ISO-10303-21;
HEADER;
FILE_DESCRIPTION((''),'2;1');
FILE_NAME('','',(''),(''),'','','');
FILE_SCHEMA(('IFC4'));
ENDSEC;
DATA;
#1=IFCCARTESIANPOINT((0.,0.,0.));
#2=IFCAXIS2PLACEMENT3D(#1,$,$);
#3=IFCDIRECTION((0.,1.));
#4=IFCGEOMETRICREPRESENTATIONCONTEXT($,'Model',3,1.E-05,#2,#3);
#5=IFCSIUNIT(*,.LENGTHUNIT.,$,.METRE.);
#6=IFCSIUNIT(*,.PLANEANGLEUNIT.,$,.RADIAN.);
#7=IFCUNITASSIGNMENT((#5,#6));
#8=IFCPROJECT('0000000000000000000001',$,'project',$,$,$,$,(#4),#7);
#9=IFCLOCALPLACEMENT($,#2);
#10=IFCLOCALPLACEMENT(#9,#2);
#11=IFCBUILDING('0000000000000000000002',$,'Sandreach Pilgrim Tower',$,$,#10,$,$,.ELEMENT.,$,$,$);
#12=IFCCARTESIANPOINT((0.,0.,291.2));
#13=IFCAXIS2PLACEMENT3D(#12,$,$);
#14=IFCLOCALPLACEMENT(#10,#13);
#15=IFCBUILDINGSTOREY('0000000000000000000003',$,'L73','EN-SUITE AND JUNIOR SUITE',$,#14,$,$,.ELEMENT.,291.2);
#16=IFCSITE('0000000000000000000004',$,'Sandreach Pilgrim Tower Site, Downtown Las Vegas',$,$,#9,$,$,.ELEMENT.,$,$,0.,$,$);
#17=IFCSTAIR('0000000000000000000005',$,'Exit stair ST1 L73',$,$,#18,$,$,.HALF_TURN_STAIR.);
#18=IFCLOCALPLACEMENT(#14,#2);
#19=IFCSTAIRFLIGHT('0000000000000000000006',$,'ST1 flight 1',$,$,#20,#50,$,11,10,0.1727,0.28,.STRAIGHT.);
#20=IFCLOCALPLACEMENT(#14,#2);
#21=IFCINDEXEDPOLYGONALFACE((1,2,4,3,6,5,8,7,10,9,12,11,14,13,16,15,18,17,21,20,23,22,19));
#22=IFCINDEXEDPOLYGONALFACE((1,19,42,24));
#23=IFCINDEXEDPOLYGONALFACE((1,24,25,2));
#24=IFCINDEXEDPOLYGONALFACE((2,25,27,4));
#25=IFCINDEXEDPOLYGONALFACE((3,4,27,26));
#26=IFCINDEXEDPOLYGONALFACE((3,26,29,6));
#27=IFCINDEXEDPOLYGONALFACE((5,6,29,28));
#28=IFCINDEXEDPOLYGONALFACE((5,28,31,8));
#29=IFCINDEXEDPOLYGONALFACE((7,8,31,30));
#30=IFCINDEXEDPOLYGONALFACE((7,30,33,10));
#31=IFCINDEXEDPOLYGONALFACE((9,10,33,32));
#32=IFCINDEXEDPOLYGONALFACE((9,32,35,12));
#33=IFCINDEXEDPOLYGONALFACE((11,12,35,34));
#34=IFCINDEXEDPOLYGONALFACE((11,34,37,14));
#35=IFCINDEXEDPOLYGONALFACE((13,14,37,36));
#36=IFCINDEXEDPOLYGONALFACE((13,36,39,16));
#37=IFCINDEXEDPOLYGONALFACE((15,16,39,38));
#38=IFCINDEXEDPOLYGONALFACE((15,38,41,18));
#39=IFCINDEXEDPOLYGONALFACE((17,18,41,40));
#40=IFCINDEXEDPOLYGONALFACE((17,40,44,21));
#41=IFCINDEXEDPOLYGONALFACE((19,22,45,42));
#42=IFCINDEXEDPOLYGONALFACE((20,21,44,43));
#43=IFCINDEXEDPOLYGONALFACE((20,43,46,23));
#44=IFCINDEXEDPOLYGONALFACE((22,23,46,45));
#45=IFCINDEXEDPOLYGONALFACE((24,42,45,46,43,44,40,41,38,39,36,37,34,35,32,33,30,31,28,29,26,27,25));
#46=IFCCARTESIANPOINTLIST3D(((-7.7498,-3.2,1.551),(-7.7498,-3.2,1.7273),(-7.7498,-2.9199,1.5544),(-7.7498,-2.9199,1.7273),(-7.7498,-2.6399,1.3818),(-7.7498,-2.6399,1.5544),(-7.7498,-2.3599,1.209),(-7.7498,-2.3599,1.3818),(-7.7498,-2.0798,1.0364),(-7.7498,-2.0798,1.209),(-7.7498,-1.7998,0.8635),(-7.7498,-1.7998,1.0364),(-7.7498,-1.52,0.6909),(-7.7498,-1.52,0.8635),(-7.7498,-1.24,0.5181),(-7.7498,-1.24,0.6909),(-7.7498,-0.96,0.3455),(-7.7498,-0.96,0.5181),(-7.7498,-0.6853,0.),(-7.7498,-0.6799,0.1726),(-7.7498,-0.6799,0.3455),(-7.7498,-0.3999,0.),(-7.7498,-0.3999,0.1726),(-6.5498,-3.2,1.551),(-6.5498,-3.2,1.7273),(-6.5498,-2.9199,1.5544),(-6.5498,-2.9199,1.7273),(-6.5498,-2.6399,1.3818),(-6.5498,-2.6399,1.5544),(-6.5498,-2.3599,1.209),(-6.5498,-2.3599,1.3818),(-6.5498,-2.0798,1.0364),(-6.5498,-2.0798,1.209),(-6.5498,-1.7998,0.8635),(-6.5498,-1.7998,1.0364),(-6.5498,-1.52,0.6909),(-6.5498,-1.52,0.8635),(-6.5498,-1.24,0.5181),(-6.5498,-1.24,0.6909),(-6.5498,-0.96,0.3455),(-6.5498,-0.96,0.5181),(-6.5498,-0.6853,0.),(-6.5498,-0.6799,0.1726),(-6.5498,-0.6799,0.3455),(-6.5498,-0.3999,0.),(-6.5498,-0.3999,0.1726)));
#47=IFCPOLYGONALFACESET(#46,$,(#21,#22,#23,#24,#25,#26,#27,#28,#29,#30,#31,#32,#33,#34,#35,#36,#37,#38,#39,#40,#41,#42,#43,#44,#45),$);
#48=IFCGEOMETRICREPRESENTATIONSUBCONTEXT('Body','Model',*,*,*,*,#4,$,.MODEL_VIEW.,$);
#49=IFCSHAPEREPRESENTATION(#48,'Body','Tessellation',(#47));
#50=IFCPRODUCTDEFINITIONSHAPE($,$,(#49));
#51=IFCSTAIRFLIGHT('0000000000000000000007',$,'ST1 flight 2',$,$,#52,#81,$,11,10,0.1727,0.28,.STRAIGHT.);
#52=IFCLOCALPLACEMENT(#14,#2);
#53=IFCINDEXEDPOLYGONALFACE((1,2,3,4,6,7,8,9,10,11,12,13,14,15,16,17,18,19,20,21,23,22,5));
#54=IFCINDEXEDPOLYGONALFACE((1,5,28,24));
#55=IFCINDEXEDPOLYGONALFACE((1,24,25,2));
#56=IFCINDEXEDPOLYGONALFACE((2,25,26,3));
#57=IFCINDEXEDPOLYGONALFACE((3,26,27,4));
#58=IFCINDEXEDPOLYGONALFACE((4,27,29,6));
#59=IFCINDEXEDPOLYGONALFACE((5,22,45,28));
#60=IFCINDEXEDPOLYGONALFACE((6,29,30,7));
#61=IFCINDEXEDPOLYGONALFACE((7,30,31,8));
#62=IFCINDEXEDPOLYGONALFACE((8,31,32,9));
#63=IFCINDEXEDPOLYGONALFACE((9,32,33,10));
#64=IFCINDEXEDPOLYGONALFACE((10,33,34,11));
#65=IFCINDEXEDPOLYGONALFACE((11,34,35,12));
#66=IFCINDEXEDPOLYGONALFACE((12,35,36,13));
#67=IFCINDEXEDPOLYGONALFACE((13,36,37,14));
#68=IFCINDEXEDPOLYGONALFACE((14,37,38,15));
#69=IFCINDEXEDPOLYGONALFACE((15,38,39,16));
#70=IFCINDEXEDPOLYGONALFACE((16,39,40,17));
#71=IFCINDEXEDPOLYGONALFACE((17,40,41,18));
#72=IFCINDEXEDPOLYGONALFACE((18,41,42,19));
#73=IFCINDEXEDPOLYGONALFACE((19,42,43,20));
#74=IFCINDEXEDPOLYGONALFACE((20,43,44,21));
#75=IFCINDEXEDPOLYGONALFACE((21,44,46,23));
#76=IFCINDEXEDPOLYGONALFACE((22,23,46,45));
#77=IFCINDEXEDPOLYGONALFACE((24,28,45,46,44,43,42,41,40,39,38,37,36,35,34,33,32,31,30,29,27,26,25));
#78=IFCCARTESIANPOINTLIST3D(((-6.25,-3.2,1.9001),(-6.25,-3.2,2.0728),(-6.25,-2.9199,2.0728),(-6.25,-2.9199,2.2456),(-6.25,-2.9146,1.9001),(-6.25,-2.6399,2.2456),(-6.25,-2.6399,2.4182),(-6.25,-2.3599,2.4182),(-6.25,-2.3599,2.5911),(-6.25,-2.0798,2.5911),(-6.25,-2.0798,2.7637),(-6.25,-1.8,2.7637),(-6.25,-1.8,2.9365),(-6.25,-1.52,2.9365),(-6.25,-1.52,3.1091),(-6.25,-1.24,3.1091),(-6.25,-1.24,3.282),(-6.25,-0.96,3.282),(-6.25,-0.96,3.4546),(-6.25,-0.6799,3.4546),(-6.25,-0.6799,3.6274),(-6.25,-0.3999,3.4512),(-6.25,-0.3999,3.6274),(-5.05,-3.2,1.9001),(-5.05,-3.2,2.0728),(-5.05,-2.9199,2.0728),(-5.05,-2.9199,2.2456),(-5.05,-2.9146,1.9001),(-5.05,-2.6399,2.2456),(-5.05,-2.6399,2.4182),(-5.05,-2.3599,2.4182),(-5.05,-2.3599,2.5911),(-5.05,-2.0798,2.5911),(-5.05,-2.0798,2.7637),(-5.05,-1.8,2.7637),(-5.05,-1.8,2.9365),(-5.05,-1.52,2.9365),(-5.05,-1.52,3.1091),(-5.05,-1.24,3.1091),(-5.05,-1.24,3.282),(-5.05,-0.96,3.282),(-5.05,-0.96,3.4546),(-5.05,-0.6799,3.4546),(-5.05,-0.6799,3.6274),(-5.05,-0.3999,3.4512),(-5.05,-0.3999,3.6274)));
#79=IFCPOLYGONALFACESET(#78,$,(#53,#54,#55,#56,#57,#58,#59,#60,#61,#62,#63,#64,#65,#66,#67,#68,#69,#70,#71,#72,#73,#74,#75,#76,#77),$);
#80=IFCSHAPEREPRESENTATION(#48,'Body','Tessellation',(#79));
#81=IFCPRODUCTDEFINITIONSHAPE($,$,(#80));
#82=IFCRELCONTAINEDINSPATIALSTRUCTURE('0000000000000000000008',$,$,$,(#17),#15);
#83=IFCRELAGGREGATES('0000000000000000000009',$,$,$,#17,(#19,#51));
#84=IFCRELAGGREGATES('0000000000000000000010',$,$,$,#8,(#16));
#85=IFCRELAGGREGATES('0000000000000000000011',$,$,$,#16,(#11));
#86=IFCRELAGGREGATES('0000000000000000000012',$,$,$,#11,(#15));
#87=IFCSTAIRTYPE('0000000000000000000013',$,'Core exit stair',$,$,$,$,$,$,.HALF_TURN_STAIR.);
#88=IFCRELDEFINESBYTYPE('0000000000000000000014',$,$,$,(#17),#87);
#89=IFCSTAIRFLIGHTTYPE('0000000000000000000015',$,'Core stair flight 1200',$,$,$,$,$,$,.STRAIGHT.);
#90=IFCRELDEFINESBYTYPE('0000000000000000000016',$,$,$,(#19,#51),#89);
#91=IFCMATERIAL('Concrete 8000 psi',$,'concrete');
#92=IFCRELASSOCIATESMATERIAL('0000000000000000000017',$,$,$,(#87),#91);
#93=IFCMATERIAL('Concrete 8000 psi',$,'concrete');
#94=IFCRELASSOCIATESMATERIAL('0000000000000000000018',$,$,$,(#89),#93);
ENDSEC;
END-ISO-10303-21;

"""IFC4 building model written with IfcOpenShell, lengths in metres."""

from ifc_helpers import new_model, si_unit, direction, frame, origin, place, context, subcontext, project, spatial, polyline, outline, extrude, material, type_object, element, aggregate, save


model = new_model("IFC4")

# Units and contexts
model_context = context("Model", 3, precision=1e-05, world=origin(), true_north=direction((0.0, 1.0)))
body_context = subcontext(model_context, "Body", "Model", "MODEL_VIEW")
ifc_project = project(units=[si_unit("LENGTHUNIT", "METRE"), si_unit("PLANEANGLEUNIT", "RADIAN")], contexts=[model_context])

# Site, building, storey
site_placement = place(None, origin())
site = spatial("IfcSite", under=ifc_project, at=site_placement, Name="Sandreach Pilgrim Tower Site, Downtown Las Vegas", CompositionType="ELEMENT", RefElevation=0.0)
building_placement = place(site_placement, origin())
building = spatial("IfcBuilding", under=site, at=building_placement, Name="Sandreach Pilgrim Tower", CompositionType="ELEMENT")
storey_placement = place(building_placement, frame((0.0, 0.0, 291.2)))
storey = spatial("IfcBuildingStorey", under=building, at=storey_placement, Name="L73", Description="EN-SUITE AND JUNIOR SUITE", CompositionType="ELEMENT", Elevation=291.2)

# Stair, stair flights
ifc_material_1 = material(Name="Concrete 8000 psi", Category="concrete")
stair_type = type_object("IfcStairType", Name="Core exit stair", PredefinedType="HALF_TURN_STAIR", material=ifc_material_1)
stair_placement = place(storey_placement, origin())
stair = element("IfcStair", 1, at=stair_placement, inside=storey, type_object=stair_type, Name="Exit stair ST1 L73", PredefinedType="HALF_TURN_STAIR")
ifc_material_2 = material(Name="Concrete 8000 psi", Category="concrete")
stair_flight_type = type_object("IfcStairFlightType", Name="Core stair flight 1200", PredefinedType="STRAIGHT", material=ifc_material_2)
stair_flight_1_placement = place(storey_placement, frame((-7.1499, -0.3999, 0.0), z_axis=(0.0, 0.0, 1.0), x_axis=(0.0, -1.0, 0.0)))
stair_flight_1 = element("IfcStairFlight", 2, at=stair_flight_1_placement, type_object=stair_flight_type, Name="ST1 flight 1", NumberOfRisers=11, NumberOfTreads=10, PredefinedType="STRAIGHT", RiserHeight=0.1727, TreadLength=0.28, context=body_context, shape_type="SweptSolid", body=[
    extrude(outline(polyline([(0.0, 0.0), (0.0, 0.1726), (0.28, 0.1726), (0.28, 0.3455), (0.5601, 0.3455), (0.5601, 0.5181), (0.8401, 0.5181), (0.8401, 0.6909), (1.1201, 0.6909), (1.1201, 0.8635), (1.3999, 0.8635), (1.3999, 1.0364), (1.6799, 1.0364), (1.6799, 1.209), (1.96, 1.209), (1.96, 1.3818), (2.24, 1.3818), (2.24, 1.5544), (2.52, 1.5544), (2.52, 1.7273), (2.8, 1.7273), (2.8, 1.8999), (2.8, 1.551), (0.2854, 0.0), (0.0, 0.0)])), frame((0.0, 0.6001, 0.0), z_axis=(0.0, -1.0, 0.0), x_axis=(1.0, 0.0, 0.0)), (0.0, 0.0, 1.0), 1.2),
])
stair_flight_2_placement = place(storey_placement, frame((-5.6499, -3.2, 1.9001), z_axis=(0.0, 0.0, 1.0), x_axis=(0.0, 1.0, 0.0)))
stair_flight_2 = element("IfcStairFlight", 3, at=stair_flight_2_placement, type_object=stair_flight_type, Name="ST1 flight 2", NumberOfRisers=11, NumberOfTreads=10, PredefinedType="STRAIGHT", RiserHeight=0.1727, TreadLength=0.28, context=body_context, shape_type="SweptSolid", body=[
    extrude(outline(polyline([(0.0, 0.0), (0.0, 0.1726), (0.28, 0.1726), (0.28, 0.3455), (0.5601, 0.3455), (0.5601, 0.5181), (0.8401, 0.5181), (0.8401, 0.6909), (1.1201, 0.6909), (1.1201, 0.8635), (1.3999, 0.8635), (1.3999, 1.0364), (1.6799, 1.0364), (1.6799, 1.209), (1.96, 1.209), (1.96, 1.3818), (2.24, 1.3818), (2.24, 1.5544), (2.52, 1.5544), (2.52, 1.7273), (2.8, 1.7273), (2.8, 1.8999), (2.8, 1.551), (0.2854, 0.0), (0.0, 0.0)])), frame((0.0, 0.6001, 0.0), z_axis=(0.0, -1.0, 0.0), x_axis=(1.0, 0.0, 0.0)), (0.0, 0.0, 1.0), 1.2),
])
aggregate(stair, [stair_flight_1, stair_flight_2])

save(model, "model.ifc")
